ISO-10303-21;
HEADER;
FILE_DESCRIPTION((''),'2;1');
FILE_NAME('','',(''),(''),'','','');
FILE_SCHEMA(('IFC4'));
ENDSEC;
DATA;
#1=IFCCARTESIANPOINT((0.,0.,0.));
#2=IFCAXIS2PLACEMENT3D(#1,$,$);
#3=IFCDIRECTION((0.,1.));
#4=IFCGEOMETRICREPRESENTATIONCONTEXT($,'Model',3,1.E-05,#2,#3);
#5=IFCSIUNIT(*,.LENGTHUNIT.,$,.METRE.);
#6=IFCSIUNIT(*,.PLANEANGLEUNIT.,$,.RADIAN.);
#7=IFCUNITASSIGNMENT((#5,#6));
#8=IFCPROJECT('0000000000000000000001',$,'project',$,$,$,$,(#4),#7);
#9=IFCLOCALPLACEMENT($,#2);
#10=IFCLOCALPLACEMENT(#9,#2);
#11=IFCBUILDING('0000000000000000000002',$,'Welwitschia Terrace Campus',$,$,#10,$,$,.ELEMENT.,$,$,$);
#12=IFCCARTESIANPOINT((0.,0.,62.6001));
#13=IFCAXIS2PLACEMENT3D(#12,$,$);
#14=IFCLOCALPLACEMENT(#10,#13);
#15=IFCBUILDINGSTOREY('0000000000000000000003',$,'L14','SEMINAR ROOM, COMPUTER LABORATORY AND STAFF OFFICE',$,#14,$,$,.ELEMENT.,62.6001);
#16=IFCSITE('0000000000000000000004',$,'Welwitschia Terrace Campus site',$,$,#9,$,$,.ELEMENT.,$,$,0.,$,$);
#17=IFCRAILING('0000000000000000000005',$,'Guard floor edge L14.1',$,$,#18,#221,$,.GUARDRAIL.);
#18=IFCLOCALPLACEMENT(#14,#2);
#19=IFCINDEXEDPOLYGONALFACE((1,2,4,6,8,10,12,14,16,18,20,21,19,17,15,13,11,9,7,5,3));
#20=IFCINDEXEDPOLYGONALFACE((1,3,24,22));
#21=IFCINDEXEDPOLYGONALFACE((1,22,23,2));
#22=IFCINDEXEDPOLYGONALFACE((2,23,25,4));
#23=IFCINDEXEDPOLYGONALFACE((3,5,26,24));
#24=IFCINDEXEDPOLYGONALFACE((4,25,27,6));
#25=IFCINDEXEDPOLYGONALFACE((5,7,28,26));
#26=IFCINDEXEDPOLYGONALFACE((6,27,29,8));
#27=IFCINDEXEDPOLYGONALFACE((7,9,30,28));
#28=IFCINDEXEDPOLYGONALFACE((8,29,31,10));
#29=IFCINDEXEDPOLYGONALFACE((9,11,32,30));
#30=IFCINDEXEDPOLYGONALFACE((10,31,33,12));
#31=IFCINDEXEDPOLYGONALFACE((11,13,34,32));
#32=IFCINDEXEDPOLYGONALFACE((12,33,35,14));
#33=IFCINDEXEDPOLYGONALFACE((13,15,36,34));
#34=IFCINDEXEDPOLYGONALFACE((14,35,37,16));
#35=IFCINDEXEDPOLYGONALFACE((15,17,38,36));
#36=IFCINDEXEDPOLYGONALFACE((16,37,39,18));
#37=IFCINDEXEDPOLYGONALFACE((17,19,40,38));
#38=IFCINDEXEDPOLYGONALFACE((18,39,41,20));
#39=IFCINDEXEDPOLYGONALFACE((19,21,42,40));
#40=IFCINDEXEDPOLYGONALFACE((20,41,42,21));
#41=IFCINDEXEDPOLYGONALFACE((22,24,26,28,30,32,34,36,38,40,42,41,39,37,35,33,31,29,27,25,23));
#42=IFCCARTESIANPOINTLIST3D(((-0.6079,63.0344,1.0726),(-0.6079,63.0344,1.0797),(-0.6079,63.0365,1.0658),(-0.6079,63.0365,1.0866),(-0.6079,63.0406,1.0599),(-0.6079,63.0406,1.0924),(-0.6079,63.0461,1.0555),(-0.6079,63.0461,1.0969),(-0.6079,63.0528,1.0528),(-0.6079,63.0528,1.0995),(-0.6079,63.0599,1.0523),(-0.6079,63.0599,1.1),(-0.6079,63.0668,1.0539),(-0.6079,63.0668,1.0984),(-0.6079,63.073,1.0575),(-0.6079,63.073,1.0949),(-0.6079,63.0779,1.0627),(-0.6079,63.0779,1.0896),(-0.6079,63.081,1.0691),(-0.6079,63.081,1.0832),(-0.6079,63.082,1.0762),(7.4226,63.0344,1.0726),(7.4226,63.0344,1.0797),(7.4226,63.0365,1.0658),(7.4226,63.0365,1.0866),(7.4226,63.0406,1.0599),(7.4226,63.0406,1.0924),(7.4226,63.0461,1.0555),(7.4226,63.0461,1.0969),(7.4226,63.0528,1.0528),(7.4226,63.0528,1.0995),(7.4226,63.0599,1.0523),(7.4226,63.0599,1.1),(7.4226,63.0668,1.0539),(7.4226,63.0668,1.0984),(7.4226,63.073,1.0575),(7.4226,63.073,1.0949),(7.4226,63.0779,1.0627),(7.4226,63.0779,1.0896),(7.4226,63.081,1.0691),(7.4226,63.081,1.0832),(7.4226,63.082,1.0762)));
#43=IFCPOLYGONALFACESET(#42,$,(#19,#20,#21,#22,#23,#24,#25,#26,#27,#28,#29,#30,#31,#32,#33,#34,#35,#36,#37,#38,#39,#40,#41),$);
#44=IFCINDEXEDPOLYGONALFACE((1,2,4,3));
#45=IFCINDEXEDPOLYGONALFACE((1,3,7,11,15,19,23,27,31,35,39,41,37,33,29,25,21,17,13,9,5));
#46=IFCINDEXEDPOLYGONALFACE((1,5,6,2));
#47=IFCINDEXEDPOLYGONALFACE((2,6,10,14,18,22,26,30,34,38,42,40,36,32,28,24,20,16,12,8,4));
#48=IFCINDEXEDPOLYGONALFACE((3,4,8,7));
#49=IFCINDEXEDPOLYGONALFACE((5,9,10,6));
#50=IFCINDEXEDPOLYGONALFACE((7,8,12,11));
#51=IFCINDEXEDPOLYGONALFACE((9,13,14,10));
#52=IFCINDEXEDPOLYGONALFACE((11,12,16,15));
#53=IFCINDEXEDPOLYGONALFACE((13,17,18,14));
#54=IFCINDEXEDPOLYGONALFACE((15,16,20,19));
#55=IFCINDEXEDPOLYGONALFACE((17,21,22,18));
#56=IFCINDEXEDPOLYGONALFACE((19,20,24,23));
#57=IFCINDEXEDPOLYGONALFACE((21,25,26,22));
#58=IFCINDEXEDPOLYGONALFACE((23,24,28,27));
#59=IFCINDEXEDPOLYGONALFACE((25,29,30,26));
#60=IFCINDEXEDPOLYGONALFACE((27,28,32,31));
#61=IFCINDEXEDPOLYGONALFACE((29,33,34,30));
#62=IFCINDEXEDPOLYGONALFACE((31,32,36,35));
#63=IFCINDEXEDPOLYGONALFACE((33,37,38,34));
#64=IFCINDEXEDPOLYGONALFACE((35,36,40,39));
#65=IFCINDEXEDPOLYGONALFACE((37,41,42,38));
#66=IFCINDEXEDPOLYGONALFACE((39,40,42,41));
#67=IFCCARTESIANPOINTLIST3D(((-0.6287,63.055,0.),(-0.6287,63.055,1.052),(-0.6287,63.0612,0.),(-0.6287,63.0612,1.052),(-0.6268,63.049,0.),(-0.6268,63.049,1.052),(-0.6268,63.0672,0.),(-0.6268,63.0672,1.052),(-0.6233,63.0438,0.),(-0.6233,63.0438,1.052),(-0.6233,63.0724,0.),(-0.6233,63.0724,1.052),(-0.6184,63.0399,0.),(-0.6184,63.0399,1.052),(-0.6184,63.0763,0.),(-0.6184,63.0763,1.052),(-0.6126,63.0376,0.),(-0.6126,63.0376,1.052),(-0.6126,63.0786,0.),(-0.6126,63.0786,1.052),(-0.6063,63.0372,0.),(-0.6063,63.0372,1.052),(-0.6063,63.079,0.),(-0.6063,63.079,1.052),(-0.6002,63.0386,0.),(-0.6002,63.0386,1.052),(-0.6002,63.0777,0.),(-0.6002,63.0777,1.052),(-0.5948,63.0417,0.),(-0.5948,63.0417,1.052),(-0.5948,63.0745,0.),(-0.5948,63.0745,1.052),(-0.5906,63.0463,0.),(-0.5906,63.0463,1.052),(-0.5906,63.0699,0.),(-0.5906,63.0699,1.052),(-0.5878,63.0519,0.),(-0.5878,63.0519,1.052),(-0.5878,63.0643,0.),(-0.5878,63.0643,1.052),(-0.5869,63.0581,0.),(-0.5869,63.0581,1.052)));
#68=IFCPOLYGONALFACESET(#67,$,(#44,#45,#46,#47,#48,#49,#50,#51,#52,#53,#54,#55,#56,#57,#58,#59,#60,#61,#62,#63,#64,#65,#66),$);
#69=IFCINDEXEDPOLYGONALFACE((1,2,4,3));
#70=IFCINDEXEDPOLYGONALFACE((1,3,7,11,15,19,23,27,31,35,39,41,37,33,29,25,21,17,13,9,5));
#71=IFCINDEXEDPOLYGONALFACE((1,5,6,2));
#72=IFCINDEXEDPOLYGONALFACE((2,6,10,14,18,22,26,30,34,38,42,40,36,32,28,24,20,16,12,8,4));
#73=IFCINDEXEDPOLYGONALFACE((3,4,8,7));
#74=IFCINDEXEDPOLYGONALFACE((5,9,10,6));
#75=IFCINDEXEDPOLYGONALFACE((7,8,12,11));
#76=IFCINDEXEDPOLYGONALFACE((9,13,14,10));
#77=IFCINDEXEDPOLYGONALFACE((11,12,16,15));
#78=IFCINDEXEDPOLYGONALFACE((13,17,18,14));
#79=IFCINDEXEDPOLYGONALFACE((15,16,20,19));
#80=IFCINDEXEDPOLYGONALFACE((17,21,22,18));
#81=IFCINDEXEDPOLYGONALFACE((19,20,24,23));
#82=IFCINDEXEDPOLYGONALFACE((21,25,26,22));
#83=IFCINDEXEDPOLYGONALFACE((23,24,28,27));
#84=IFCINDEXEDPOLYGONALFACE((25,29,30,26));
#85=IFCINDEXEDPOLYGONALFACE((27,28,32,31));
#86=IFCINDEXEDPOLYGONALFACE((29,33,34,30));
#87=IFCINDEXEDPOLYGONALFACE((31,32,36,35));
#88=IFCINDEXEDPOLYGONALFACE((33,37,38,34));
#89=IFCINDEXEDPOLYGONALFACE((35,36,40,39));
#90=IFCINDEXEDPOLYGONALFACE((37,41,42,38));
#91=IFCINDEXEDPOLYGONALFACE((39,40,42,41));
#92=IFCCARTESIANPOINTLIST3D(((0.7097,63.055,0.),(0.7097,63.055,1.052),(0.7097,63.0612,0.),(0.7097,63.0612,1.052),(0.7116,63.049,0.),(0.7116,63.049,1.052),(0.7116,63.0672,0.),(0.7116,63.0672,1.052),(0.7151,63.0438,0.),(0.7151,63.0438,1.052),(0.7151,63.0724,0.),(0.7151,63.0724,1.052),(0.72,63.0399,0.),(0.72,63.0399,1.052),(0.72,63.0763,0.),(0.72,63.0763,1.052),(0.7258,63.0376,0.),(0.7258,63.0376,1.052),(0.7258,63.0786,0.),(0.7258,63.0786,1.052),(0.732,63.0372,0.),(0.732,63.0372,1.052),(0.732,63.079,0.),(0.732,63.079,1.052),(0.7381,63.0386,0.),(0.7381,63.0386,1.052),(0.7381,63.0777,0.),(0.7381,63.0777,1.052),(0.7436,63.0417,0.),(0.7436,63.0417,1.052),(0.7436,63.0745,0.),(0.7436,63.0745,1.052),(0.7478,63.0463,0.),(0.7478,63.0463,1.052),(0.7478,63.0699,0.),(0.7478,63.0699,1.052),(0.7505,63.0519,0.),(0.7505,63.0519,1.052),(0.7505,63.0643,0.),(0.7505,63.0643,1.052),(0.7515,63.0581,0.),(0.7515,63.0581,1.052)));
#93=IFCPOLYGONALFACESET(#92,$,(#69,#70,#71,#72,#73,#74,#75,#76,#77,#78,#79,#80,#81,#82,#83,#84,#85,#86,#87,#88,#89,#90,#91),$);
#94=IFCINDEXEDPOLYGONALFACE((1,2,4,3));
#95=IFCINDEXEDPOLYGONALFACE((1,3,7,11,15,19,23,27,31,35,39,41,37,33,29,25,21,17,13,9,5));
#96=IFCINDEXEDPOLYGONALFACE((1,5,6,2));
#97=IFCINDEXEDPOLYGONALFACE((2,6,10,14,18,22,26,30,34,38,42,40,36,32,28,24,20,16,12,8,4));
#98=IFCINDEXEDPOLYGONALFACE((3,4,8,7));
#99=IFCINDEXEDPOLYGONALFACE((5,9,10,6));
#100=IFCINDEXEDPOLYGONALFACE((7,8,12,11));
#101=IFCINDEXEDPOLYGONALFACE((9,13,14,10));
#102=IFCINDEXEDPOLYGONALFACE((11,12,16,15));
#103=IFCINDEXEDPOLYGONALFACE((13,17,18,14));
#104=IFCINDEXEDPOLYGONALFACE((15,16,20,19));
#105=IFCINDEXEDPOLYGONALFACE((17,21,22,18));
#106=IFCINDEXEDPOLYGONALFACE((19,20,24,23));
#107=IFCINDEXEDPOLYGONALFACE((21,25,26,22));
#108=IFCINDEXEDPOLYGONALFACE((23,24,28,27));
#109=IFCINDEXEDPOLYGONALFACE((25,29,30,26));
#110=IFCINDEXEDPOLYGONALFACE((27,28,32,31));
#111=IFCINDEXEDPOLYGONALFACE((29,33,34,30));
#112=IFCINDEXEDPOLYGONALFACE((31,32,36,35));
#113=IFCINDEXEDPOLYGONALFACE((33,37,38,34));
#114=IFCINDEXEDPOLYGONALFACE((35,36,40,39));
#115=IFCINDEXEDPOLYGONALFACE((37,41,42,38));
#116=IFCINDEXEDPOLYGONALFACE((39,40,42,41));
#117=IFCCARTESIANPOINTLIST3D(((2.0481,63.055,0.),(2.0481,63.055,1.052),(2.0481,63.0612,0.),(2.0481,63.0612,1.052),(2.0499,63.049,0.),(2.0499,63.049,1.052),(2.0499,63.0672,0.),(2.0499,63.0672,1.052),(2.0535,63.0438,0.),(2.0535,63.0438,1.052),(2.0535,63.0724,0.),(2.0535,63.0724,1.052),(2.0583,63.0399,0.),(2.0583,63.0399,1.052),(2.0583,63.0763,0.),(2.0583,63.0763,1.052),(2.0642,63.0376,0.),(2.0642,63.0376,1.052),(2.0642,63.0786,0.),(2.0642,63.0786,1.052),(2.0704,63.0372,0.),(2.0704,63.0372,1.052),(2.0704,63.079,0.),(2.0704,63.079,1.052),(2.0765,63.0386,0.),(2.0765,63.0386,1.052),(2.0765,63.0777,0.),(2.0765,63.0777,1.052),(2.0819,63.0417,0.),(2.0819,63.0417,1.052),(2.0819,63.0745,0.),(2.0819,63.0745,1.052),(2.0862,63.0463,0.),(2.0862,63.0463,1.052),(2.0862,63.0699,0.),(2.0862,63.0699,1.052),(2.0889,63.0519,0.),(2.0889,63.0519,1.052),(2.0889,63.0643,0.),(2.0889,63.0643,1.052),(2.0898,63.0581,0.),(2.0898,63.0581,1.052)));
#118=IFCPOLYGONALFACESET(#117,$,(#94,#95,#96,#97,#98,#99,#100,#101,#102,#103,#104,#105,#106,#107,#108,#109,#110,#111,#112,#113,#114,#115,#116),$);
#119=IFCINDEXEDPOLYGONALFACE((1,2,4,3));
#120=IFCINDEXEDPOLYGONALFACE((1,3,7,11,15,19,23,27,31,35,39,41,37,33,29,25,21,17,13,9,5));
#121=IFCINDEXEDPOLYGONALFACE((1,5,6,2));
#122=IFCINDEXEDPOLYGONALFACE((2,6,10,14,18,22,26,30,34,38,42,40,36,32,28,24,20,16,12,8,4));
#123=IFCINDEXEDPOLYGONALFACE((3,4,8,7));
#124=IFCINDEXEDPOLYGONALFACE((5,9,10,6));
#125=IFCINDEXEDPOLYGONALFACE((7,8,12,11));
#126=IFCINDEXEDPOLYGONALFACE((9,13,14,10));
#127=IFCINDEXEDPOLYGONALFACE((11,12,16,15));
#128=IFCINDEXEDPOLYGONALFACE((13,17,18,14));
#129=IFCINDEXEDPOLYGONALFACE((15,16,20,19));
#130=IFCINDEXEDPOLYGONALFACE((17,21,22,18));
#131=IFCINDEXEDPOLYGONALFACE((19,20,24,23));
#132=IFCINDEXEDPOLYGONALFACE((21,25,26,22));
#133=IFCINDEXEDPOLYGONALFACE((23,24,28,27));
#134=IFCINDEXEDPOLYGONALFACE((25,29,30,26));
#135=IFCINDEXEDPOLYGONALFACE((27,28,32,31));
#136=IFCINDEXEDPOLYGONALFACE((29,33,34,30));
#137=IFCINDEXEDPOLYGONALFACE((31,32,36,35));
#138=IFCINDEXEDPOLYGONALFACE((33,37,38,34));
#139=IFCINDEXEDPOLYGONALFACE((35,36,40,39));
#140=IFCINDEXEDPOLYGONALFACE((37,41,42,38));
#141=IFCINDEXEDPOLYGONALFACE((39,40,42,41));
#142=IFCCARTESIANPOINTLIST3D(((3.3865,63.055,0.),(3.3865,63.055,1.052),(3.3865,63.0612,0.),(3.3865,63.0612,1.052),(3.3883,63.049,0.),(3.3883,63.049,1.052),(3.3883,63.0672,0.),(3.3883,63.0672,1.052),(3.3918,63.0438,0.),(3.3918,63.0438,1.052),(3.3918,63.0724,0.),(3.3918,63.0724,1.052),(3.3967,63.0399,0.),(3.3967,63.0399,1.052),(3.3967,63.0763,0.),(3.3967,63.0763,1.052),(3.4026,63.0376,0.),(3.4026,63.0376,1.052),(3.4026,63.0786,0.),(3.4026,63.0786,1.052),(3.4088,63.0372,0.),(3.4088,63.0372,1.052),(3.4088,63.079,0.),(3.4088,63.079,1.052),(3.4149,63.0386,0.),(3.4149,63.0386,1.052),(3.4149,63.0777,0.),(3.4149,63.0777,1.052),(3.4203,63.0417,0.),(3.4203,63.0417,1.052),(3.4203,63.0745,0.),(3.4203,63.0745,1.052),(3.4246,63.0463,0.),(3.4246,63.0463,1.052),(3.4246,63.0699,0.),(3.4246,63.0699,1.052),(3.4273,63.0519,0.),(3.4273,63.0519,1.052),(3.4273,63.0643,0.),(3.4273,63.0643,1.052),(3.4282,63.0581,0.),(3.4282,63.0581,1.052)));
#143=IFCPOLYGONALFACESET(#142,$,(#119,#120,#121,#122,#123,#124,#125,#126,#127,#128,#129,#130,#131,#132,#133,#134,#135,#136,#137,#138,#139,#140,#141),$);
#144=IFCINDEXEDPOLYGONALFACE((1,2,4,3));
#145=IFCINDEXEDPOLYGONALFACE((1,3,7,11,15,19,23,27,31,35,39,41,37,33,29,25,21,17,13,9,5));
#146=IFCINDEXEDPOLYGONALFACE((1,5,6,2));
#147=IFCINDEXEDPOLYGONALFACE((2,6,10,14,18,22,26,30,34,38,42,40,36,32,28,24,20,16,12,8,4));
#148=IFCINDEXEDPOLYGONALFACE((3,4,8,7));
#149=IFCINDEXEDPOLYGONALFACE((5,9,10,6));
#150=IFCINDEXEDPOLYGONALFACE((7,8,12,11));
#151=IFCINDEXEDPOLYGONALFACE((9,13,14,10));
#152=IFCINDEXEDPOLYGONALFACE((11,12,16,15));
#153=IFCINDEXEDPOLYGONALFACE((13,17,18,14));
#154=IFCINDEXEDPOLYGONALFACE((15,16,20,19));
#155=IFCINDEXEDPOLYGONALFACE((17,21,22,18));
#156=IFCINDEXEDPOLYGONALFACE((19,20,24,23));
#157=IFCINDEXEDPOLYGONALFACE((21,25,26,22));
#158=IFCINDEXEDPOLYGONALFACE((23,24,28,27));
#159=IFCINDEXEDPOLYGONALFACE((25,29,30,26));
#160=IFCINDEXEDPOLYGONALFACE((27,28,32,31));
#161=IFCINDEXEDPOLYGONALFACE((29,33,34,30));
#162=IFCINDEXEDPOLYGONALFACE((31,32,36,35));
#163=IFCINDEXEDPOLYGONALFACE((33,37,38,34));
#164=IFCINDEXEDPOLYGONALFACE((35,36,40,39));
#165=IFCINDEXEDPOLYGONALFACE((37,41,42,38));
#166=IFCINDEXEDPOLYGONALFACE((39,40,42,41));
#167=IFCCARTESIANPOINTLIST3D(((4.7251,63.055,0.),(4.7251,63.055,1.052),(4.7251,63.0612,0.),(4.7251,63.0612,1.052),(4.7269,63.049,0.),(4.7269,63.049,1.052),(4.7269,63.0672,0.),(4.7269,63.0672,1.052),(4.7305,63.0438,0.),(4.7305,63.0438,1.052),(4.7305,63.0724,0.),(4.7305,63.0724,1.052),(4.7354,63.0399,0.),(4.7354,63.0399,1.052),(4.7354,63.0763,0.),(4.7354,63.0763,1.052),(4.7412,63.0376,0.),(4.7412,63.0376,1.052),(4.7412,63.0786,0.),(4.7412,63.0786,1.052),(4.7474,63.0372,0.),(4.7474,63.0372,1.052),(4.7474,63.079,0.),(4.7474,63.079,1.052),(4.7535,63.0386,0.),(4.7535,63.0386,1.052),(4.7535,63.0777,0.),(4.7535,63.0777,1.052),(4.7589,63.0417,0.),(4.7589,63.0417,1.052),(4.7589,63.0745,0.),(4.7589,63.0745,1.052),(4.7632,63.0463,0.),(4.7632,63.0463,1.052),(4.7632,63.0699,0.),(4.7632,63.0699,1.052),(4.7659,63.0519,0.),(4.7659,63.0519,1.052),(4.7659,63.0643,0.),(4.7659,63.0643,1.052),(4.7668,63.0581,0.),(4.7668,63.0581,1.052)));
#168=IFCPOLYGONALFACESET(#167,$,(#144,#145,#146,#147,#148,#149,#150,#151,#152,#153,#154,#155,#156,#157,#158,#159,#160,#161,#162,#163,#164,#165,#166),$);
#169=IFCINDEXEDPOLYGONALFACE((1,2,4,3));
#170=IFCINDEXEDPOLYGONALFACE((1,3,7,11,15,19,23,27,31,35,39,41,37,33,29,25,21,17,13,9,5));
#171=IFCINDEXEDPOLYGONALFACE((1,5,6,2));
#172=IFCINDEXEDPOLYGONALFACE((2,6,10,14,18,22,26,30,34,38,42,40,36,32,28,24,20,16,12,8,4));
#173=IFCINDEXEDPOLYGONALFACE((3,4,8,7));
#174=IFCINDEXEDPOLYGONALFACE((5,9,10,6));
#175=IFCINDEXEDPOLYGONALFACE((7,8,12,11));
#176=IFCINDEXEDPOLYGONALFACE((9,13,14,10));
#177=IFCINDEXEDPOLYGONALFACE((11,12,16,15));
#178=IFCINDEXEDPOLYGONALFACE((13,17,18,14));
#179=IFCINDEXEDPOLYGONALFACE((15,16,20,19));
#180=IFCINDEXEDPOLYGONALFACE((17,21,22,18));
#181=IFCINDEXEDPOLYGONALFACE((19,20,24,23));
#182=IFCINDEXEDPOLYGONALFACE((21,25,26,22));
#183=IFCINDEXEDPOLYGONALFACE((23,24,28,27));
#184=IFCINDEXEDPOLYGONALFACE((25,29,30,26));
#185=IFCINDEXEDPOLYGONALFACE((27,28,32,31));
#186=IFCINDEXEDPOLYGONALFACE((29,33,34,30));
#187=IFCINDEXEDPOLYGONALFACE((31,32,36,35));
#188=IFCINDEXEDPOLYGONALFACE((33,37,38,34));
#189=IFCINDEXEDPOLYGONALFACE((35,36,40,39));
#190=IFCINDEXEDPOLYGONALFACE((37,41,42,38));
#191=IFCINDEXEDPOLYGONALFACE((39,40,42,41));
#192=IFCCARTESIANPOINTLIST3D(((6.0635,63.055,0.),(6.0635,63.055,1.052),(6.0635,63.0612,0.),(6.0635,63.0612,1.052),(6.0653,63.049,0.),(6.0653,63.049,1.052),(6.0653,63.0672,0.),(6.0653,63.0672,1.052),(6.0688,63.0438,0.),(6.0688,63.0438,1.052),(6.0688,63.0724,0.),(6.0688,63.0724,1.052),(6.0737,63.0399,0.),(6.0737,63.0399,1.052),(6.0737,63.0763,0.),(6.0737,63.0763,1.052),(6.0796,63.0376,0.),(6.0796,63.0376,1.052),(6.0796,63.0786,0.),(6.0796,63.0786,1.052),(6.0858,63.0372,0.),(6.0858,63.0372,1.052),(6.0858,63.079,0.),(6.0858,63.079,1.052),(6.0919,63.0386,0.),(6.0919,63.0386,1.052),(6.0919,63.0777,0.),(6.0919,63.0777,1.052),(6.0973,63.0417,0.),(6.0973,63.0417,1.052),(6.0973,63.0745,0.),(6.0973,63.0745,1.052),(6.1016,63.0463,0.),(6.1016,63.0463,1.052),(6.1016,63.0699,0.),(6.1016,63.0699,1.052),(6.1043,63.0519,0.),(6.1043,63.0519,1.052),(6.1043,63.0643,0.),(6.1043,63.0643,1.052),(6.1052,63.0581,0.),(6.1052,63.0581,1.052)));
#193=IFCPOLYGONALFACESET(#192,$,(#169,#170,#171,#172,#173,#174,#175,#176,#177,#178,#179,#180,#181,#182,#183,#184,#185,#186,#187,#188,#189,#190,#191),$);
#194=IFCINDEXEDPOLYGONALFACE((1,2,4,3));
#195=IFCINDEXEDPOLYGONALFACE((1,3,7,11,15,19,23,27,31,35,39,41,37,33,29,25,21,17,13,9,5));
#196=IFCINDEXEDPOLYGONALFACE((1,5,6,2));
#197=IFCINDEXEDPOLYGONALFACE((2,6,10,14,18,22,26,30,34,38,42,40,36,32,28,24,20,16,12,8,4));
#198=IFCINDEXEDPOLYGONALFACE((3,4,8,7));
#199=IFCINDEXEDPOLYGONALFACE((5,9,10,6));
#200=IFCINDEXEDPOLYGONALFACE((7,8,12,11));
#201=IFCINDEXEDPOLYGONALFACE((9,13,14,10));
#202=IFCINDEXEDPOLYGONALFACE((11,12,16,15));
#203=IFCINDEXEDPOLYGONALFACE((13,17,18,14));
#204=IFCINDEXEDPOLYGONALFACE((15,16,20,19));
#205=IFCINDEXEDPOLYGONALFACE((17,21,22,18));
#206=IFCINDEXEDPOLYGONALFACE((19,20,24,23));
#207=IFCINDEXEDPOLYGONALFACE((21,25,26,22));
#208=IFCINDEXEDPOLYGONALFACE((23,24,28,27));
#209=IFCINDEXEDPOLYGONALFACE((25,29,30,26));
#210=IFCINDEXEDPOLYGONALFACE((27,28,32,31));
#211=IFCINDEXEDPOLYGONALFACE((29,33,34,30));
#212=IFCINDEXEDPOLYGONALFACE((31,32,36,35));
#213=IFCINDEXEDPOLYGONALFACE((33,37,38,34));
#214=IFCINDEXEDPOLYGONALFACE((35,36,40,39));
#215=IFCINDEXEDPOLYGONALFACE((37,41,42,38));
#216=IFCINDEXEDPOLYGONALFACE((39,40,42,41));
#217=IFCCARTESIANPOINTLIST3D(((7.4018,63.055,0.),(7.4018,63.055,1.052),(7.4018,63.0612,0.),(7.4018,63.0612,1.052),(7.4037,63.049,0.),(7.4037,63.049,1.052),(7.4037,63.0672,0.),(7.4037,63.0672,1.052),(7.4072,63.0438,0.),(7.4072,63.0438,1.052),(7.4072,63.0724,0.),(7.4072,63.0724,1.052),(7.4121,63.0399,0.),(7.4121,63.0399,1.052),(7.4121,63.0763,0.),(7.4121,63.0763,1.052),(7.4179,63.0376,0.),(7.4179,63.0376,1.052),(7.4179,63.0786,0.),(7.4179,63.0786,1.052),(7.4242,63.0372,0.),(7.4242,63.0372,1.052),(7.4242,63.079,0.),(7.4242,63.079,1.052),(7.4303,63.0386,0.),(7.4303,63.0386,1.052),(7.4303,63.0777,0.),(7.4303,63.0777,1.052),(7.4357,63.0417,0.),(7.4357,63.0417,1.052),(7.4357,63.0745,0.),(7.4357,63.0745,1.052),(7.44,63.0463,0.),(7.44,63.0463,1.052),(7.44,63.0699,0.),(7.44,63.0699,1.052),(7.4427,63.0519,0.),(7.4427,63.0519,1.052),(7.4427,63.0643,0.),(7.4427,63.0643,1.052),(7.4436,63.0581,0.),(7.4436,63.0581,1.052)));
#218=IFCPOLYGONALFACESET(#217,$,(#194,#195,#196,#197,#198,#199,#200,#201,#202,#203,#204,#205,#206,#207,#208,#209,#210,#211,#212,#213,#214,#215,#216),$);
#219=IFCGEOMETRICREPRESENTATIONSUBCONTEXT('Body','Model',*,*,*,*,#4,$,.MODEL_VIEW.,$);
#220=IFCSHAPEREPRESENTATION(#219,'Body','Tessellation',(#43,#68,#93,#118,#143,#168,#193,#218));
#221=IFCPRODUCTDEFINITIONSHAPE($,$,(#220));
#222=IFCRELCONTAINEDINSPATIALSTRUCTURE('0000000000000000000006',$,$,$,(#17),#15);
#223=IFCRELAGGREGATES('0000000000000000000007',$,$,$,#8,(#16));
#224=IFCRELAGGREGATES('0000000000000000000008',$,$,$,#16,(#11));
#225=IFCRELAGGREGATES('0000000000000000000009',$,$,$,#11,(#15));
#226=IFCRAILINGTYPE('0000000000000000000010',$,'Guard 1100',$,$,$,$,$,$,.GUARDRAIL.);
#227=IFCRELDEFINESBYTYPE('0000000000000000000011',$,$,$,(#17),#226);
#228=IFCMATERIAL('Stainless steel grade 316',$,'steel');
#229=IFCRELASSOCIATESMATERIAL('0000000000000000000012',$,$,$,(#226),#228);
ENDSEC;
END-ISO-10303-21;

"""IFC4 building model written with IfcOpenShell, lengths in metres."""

from ifc_helpers import new_model, si_unit, direction, frame, origin, origin_2d, place, context, subcontext, project, spatial, circle, extrude, material, type_object, element, save


model = new_model("IFC4")

# Units and contexts
model_context = context("Model", 3, precision=1e-05, world=origin(), true_north=direction((0.0, 1.0)))
body_context = subcontext(model_context, "Body", "Model", "MODEL_VIEW")
ifc_project = project(units=[si_unit("LENGTHUNIT", "METRE"), si_unit("PLANEANGLEUNIT", "RADIAN")], contexts=[model_context])

# Site, building, storey
site_placement = place(None, origin())
site = spatial("IfcSite", under=ifc_project, at=site_placement, Name="Welwitschia Terrace Campus site", CompositionType="ELEMENT", RefElevation=0.0)
building_placement = place(site_placement, origin())
building = spatial("IfcBuilding", under=site, at=building_placement, Name="Welwitschia Terrace Campus", CompositionType="ELEMENT")
storey_placement = place(building_placement, frame((0.0, 0.0, 62.6001)))
storey = spatial("IfcBuildingStorey", under=building, at=storey_placement, Name="L14", Description="SEMINAR ROOM, COMPUTER LABORATORY AND STAFF OFFICE", CompositionType="ELEMENT", Elevation=62.6001)

# Railing
ifc_material_1 = material(Name="Stainless steel grade 316", Category="steel")
railing_type = type_object("IfcRailingType", Name="Guard 1100", PredefinedType="GUARDRAIL", material=ifc_material_1)
railing_1_placement = place(storey_placement, frame((-0.6079, 63.0581, 0.0)))
element("IfcRailing", 1, at=railing_1_placement, inside=storey, type_object=railing_type, Name="Guard floor edge L14.1", PredefinedType="GUARDRAIL", context=body_context, shape_type="SweptSolid", body=[
    extrude(circle(Radius=0.0239, at=origin_2d()), frame((0.0, 0.0, 1.0762), z_axis=(1.0, 0.0, 0.0), x_axis=(0.0, 1.0, 0.0)), (0.0, 0.0, 1.0), 8.0305),
    extrude(circle(Radius=0.021, at=origin_2d()), origin(), (0.0, 0.0, 1.0), 1.052),
    extrude(circle(Radius=0.021, at=origin_2d()), frame((1.3384, 0.0, 0.0)), (0.0, 0.0, 1.0), 1.052),
    extrude(circle(Radius=0.021, at=origin_2d()), frame((2.6768, 0.0, 0.0)), (0.0, 0.0, 1.0), 1.052),
    extrude(circle(Radius=0.021, at=origin_2d()), frame((4.0151, 0.0, 0.0)), (0.0, 0.0, 1.0), 1.052),
    extrude(circle(Radius=0.021, at=origin_2d()), frame((5.3538, 0.0, 0.0)), (0.0, 0.0, 1.0), 1.052),
    extrude(circle(Radius=0.021, at=origin_2d()), frame((6.6921, 0.0, 0.0)), (0.0, 0.0, 1.0), 1.052),
    extrude(circle(Radius=0.021, at=origin_2d()), frame((8.0305, 0.0, 0.0)), (0.0, 0.0, 1.0), 1.052),
])

save(model, "model.ifc")
